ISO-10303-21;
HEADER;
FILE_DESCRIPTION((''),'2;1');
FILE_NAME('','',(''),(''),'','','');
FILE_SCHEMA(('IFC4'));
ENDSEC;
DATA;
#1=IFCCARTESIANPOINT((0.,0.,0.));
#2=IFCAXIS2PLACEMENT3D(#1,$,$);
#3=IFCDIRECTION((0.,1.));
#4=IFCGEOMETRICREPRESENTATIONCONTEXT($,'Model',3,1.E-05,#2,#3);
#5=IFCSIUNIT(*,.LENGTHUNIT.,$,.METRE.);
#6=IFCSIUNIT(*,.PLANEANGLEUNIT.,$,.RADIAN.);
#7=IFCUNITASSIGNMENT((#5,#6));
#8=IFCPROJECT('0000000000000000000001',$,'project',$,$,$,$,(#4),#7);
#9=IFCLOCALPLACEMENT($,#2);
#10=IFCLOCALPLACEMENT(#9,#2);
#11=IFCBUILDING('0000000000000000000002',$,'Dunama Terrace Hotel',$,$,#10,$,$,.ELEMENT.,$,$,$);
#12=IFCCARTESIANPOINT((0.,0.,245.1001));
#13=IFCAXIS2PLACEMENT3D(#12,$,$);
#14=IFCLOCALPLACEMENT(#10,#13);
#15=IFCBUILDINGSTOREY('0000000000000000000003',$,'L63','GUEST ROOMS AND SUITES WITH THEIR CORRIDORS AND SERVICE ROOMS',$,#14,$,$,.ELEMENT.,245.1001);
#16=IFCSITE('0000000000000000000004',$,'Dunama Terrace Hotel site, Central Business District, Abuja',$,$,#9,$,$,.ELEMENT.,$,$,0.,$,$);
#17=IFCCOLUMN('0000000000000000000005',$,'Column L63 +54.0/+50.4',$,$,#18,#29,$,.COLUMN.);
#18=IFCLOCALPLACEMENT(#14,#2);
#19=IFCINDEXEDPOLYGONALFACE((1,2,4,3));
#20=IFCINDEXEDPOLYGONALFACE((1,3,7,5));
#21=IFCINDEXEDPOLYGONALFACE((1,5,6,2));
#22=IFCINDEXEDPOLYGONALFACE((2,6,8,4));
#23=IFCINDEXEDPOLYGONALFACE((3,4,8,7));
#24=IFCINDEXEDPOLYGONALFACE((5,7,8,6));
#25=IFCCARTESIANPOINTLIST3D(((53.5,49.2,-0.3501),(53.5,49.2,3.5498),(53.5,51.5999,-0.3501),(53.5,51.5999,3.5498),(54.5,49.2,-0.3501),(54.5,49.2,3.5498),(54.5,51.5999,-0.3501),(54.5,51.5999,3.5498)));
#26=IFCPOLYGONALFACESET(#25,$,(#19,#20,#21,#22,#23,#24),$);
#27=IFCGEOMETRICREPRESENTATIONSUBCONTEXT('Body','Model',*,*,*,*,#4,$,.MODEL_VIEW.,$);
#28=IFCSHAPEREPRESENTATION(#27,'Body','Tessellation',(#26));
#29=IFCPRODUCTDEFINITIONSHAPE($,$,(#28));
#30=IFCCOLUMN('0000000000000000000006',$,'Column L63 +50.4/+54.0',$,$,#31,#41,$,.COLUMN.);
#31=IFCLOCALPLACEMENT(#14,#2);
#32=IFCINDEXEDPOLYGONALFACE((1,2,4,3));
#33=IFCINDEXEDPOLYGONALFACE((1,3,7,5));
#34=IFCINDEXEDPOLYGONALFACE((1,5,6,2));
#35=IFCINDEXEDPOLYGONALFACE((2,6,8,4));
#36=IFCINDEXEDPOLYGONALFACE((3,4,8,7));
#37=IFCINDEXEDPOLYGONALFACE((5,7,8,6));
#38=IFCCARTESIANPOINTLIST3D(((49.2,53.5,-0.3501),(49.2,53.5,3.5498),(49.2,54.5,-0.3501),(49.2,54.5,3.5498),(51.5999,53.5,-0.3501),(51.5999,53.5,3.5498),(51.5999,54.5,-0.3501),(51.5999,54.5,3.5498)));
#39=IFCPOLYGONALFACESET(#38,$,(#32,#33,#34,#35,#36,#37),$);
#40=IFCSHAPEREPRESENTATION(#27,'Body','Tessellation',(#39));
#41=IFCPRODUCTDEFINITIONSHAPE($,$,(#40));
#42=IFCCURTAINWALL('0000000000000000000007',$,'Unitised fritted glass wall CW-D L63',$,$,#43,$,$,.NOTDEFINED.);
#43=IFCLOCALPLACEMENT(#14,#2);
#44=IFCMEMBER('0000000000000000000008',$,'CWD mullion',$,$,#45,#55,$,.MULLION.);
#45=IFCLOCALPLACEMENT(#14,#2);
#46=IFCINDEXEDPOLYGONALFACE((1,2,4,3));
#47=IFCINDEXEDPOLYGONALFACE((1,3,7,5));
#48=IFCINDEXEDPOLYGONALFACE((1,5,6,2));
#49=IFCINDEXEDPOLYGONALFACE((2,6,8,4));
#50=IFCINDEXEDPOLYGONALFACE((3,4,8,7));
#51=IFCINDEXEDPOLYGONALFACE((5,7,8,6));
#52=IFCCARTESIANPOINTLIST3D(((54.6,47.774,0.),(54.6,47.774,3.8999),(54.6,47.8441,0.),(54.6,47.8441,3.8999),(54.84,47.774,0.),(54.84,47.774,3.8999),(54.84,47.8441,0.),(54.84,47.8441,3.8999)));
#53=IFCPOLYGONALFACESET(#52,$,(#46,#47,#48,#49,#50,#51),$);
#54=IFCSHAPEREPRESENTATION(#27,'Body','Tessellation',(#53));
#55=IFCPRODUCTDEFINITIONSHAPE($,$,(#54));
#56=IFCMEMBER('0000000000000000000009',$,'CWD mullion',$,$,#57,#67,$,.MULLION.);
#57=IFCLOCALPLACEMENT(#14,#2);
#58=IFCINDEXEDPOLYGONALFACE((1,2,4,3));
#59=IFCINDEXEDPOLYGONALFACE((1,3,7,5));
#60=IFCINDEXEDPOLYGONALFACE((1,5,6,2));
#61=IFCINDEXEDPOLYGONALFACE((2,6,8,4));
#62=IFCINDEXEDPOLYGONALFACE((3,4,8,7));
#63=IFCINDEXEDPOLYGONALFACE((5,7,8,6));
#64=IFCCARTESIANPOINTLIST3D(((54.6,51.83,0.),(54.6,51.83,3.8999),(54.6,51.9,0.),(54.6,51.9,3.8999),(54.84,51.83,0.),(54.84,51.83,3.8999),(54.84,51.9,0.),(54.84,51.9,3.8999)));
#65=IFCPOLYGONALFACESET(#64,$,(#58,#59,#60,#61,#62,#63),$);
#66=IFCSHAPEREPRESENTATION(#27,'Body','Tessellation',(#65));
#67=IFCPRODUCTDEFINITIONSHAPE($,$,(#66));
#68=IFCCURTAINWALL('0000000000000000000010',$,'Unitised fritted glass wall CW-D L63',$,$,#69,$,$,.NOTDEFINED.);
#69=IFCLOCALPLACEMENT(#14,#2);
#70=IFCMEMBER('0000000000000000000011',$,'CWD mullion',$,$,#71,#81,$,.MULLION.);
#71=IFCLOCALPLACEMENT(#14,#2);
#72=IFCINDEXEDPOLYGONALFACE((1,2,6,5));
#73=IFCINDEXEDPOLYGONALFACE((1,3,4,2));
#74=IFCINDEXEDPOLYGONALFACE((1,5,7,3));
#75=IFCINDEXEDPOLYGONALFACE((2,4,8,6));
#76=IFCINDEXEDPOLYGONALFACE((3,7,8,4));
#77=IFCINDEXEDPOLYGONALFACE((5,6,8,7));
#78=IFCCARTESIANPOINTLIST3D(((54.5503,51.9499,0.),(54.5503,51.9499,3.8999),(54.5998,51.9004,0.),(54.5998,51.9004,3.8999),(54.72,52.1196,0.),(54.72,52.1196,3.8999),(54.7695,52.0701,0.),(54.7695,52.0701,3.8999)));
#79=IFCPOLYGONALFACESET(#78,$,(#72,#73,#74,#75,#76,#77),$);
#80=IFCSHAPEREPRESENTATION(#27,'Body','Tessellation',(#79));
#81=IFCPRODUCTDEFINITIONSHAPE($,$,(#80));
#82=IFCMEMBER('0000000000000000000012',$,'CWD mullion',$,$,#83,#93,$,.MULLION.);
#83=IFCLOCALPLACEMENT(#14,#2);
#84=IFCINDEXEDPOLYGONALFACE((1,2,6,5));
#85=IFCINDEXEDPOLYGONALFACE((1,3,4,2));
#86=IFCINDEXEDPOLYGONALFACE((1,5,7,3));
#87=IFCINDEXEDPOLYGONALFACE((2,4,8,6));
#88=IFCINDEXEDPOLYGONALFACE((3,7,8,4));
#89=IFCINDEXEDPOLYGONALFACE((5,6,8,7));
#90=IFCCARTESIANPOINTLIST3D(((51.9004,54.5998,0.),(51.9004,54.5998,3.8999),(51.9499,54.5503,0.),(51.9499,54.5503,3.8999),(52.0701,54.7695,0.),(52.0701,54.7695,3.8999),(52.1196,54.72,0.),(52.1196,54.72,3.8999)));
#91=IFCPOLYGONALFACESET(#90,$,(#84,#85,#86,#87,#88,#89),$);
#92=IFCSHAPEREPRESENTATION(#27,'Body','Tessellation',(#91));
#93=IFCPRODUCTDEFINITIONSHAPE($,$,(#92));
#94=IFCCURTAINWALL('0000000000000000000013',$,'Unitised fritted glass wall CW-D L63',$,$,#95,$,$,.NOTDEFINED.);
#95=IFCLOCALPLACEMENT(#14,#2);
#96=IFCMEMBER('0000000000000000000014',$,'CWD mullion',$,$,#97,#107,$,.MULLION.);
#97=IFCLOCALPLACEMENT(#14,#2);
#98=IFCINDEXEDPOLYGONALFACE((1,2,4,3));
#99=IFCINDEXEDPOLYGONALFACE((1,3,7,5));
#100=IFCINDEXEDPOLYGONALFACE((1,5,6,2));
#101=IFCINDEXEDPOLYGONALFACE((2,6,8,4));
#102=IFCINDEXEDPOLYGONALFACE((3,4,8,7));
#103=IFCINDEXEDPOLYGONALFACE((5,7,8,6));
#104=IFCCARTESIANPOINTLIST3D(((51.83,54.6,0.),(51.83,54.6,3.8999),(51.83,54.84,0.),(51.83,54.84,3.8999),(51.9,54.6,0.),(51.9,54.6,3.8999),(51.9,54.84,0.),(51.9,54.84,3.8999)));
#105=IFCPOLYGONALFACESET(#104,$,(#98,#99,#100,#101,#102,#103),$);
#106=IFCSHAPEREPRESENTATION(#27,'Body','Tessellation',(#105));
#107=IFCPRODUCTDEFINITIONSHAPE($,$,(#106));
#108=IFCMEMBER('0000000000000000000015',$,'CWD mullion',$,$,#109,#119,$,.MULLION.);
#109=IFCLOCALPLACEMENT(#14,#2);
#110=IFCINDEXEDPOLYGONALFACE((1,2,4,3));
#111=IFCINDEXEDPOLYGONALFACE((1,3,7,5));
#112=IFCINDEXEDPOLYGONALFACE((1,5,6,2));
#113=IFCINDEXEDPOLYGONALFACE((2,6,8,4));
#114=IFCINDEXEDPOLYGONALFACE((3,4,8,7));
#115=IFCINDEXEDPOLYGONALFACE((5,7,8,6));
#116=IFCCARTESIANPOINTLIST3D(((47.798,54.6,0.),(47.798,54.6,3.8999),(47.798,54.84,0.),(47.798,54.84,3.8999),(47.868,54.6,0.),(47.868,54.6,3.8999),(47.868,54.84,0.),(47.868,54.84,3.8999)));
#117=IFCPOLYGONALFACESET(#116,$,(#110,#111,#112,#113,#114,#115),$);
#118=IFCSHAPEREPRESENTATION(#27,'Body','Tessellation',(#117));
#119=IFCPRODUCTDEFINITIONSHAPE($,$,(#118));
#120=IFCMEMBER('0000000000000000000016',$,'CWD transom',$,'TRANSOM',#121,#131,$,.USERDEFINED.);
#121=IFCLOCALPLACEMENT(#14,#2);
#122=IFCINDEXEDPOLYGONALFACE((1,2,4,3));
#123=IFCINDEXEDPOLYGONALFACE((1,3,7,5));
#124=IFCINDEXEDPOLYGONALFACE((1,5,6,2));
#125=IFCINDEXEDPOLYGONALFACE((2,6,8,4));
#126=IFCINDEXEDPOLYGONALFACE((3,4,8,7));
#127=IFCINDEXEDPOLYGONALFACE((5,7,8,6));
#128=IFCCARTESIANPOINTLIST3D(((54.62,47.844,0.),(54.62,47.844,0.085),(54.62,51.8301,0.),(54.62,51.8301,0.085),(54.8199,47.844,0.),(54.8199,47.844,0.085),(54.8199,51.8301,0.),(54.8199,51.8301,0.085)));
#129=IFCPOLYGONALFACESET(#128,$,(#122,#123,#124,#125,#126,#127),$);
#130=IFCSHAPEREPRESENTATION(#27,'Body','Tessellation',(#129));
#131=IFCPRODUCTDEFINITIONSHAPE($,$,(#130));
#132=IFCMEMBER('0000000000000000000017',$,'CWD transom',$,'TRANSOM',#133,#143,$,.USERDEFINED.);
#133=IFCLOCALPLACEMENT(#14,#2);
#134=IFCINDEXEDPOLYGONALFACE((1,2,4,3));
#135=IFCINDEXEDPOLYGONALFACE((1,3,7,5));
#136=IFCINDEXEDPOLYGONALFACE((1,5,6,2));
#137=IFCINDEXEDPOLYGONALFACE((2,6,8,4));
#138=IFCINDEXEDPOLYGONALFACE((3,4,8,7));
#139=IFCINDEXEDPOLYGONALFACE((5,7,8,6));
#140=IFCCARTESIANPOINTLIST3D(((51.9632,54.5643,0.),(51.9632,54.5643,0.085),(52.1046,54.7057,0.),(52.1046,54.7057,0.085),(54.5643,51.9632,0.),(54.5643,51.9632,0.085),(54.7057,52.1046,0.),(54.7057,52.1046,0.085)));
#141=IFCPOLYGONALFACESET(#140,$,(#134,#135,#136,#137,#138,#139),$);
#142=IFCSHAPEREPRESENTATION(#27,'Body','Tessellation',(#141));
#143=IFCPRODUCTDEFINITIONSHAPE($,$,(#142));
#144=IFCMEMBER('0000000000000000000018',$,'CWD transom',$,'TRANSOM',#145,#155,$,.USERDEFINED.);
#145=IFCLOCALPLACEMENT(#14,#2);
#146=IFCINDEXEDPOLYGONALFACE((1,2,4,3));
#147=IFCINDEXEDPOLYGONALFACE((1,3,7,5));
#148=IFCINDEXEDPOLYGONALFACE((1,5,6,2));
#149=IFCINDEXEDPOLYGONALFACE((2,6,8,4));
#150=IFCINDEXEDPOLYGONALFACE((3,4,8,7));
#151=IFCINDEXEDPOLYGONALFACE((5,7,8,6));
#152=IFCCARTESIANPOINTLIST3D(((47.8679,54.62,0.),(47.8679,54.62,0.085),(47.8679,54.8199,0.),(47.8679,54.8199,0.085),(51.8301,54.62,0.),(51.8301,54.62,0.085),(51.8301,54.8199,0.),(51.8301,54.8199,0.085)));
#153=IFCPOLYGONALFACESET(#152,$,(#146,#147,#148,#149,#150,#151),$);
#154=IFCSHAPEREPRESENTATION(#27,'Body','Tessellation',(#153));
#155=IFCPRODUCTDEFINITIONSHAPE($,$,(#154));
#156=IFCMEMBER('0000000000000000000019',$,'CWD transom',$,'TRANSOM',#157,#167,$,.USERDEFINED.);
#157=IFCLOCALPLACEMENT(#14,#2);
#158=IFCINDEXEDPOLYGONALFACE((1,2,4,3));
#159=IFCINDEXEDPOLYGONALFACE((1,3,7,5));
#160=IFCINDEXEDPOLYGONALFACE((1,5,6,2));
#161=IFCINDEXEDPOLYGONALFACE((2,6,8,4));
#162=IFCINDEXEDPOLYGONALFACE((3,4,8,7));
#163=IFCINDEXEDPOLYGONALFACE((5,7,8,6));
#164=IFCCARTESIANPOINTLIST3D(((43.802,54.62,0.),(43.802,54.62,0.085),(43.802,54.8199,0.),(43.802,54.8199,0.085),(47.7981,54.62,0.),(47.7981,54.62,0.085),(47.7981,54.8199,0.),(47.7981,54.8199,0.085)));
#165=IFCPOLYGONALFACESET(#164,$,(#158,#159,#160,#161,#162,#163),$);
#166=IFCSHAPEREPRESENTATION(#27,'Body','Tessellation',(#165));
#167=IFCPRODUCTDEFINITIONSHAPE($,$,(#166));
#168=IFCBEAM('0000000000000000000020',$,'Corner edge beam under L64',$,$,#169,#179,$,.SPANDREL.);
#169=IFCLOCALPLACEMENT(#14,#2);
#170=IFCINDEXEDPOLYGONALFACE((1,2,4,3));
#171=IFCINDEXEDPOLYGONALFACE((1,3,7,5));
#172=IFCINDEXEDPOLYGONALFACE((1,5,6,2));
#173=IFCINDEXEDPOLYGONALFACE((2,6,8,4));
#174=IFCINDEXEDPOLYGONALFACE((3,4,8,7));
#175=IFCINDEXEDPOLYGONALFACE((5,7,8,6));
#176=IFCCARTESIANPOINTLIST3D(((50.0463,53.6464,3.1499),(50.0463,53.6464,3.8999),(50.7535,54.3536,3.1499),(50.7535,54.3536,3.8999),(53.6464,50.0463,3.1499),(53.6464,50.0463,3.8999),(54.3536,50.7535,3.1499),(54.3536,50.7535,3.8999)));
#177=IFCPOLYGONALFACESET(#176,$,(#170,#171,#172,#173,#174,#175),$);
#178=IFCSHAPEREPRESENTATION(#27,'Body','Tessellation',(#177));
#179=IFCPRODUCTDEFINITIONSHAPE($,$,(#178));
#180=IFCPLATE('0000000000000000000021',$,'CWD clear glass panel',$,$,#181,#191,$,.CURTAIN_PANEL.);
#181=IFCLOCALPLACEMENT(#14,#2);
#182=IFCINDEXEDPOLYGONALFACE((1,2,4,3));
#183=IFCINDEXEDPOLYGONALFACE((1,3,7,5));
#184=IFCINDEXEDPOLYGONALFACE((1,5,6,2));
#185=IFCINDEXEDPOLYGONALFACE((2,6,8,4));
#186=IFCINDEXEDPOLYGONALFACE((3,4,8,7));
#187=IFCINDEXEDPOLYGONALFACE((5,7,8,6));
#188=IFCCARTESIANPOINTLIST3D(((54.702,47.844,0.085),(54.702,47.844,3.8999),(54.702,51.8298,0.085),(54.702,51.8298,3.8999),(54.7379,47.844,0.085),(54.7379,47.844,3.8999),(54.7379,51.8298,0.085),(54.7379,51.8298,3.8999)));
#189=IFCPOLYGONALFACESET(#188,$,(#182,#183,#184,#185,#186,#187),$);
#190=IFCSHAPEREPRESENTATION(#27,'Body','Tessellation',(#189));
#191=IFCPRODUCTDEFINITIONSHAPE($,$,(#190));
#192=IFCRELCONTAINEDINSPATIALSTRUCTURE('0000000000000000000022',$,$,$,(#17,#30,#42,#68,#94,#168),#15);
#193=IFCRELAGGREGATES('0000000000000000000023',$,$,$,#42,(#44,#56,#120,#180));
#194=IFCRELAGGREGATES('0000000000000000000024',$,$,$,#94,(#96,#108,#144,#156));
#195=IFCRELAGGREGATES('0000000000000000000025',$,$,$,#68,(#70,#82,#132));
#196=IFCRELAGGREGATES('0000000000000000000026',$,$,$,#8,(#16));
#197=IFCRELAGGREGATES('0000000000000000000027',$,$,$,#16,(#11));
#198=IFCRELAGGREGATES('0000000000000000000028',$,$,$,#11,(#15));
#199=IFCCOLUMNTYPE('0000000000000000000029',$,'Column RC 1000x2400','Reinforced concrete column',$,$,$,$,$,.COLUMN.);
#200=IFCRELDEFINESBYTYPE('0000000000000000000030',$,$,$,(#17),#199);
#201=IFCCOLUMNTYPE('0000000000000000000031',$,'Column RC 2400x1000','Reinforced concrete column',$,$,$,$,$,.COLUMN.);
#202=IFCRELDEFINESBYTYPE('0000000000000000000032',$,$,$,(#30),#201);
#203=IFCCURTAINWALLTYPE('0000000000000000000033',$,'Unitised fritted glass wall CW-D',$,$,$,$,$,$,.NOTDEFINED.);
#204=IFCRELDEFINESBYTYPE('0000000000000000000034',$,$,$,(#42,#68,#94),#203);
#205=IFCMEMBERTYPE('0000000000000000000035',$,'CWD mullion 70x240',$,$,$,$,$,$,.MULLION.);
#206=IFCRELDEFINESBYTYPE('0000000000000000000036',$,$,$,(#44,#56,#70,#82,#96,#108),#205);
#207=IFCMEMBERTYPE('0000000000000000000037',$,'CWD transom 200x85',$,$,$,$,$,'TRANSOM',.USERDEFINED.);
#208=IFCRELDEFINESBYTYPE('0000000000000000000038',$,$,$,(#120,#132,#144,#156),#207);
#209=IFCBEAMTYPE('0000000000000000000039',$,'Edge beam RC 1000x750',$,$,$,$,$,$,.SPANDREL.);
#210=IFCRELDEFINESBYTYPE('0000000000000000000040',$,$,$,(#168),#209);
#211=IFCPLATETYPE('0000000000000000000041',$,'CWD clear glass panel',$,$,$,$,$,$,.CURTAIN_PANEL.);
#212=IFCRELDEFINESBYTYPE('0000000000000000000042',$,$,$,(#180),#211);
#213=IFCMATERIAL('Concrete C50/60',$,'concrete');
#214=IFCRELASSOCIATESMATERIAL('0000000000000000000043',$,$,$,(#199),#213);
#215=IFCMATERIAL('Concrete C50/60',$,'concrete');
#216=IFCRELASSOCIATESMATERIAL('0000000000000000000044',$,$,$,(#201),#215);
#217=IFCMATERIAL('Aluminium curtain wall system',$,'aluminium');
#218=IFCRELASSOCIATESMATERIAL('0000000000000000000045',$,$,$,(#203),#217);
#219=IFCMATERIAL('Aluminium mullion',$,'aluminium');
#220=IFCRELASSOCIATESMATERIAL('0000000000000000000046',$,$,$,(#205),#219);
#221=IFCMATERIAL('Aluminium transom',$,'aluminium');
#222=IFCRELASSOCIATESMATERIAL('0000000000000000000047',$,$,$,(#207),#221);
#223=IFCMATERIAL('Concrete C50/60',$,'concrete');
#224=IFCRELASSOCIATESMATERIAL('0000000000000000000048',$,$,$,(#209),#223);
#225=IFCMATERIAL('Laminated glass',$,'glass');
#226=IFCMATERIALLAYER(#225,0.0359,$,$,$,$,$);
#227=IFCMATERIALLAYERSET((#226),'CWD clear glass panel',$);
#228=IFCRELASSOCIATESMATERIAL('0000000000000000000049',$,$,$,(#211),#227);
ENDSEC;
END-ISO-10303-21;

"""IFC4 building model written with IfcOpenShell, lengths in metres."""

from ifc_helpers import new_model, si_unit, direction, frame, origin, origin_2d, place, context, subcontext, project, spatial, rectangle, extrude, material, layer, layer_set, material_profile, profile_set, type_object, element, aggregate, save


model = new_model("IFC4")

# Units and contexts
model_context = context("Model", 3, precision=1e-05, world=origin(), true_north=direction((0.0, 1.0)))
body_context = subcontext(model_context, "Body", "Model", "MODEL_VIEW")
ifc_project = project(units=[si_unit("LENGTHUNIT", "METRE"), si_unit("PLANEANGLEUNIT", "RADIAN")], contexts=[model_context])

# Site, building, storey
site_placement = place(None, origin())
site = spatial("IfcSite", under=ifc_project, at=site_placement, Name="Dunama Terrace Hotel site, Central Business District, Abuja", CompositionType="ELEMENT", RefElevation=0.0)
building_placement = place(site_placement, origin())
building = spatial("IfcBuilding", under=site, at=building_placement, Name="Dunama Terrace Hotel", CompositionType="ELEMENT")
storey_placement = place(building_placement, frame((0.0, 0.0, 245.1001)))
storey = spatial("IfcBuildingStorey", under=building, at=storey_placement, Name="L63", Description="GUEST ROOMS AND SUITES WITH THEIR CORRIDORS AND SERVICE ROOMS", CompositionType="ELEMENT", Elevation=245.1001)

# Columns
ifc_material_1 = material(Name="Concrete C50/60", Category="concrete")
ifc_material_profile_1 = material_profile(ifc_material_1, rectangle(XDim=1.0, YDim=2.3999, at=origin_2d()), Name="RC 1000x2400")
ifc_profile_set_1 = profile_set([ifc_material_profile_1], Name="Concrete C50/60")
column_type_1 = type_object("IfcColumnType", Name="Column RC 1000x2400", Description="Reinforced concrete column", PredefinedType="COLUMN", material=ifc_profile_set_1)
column_1_placement = place(storey_placement, frame((54.0, 50.3999, -0.3501), z_axis=(0.0, 0.0, 1.0), x_axis=(1.0, 0.0, 0.0)))
element("IfcColumn", 1, at=column_1_placement, inside=storey, type_object=column_type_1, Name="Column L63 +54.0/+50.4", PredefinedType="COLUMN", context=body_context, shape_type="SweptSolid", body=[
    extrude(rectangle(XDim=1.0, YDim=2.3999, at=origin_2d()), origin(), (0.0, 0.0, 1.0), 3.8999),
])
ifc_material_2 = material(Name="Concrete C50/60", Category="concrete")
ifc_material_profile_2 = material_profile(ifc_material_2, rectangle(XDim=2.3999, YDim=1.0, at=origin_2d()), Name="RC 2400x1000")
ifc_profile_set_2 = profile_set([ifc_material_profile_2], Name="Concrete C50/60")
column_type_2 = type_object("IfcColumnType", Name="Column RC 2400x1000", Description="Reinforced concrete column", PredefinedType="COLUMN", material=ifc_profile_set_2)
column_2_placement = place(storey_placement, frame((50.3999, 54.0, -0.3501), z_axis=(0.0, 0.0, 1.0), x_axis=(1.0, 0.0, 0.0)))
element("IfcColumn", 2, at=column_2_placement, inside=storey, type_object=column_type_2, Name="Column L63 +50.4/+54.0", PredefinedType="COLUMN", context=body_context, shape_type="SweptSolid", body=[
    extrude(rectangle(XDim=2.3999, YDim=1.0, at=origin_2d()), origin(), (0.0, 0.0, 1.0), 3.8999),
])

# Curtain walls, members
ifc_material_3 = material(Name="Aluminium curtain wall system", Category="aluminium")
curtain_wall_type = type_object("IfcCurtainWallType", Name="Unitised fritted glass wall CW-D", PredefinedType="NOTDEFINED", material=ifc_material_3)
curtain_wall_1_placement = place(storey_placement, origin())
curtain_wall_1 = element("IfcCurtainWall", 3, at=curtain_wall_1_placement, inside=storey, type_object=curtain_wall_type, Name="Unitised fritted glass wall CW-D L63", PredefinedType="NOTDEFINED")
ifc_material_4 = material(Name="Aluminium mullion", Category="aluminium")
ifc_material_profile_3 = material_profile(ifc_material_4, rectangle(XDim=0.0701, YDim=0.24, at=origin_2d()), Name="CWD MULLION 70X240")
ifc_profile_set_3 = profile_set([ifc_material_profile_3], Name="Aluminium mullion")
member_type_1 = type_object("IfcMemberType", Name="CWD mullion 70x240", PredefinedType="MULLION", material=ifc_profile_set_3)
member_1_placement = place(storey_placement, frame((54.72, 47.8091, 0.0), z_axis=(0.0, 0.0, 1.0), x_axis=(0.0, 1.0, 0.0)))
member_1 = element("IfcMember", 4, at=member_1_placement, type_object=member_type_1, Name="CWD mullion", PredefinedType="MULLION", context=body_context, shape_type="SweptSolid", body=[
    extrude(rectangle(XDim=0.0701, YDim=0.24, at=origin_2d()), origin(), (0.0, 0.0, 1.0), 3.8999),
])
member_2_placement = place(storey_placement, frame((54.72, 51.865, 0.0), z_axis=(0.0, 0.0, 1.0), x_axis=(0.0, 1.0, 0.0)))
member_2 = element("IfcMember", 5, at=member_2_placement, type_object=member_type_1, Name="CWD mullion", PredefinedType="MULLION", context=body_context, shape_type="SweptSolid", body=[
    extrude(rectangle(XDim=0.0701, YDim=0.24, at=origin_2d()), origin(), (0.0, 0.0, 1.0), 3.8999),
])
curtain_wall_2_placement = place(storey_placement, origin())
curtain_wall_2 = element("IfcCurtainWall", 6, at=curtain_wall_2_placement, inside=storey, type_object=curtain_wall_type, Name="Unitised fritted glass wall CW-D L63", PredefinedType="NOTDEFINED")
member_3_placement = place(storey_placement, frame((54.6599, 52.01, 0.0), z_axis=(0.0, 0.0, 1.0), x_axis=(-0.707107, 0.707107, 0.0)))
member_3 = element("IfcMember", 7, at=member_3_placement, type_object=member_type_1, Name="CWD mullion", PredefinedType="MULLION", context=body_context, shape_type="SweptSolid", body=[
    extrude(rectangle(XDim=0.0701, YDim=0.24, at=origin_2d()), origin(), (0.0, 0.0, 1.0), 3.8999),
])
member_4_placement = place(storey_placement, frame((52.01, 54.6599, 0.0), z_axis=(0.0, 0.0, 1.0), x_axis=(-0.707107, 0.707107, 0.0)))
member_4 = element("IfcMember", 8, at=member_4_placement, type_object=member_type_1, Name="CWD mullion", PredefinedType="MULLION", context=body_context, shape_type="SweptSolid", body=[
    extrude(rectangle(XDim=0.0701, YDim=0.24, at=origin_2d()), origin(), (0.0, 0.0, 1.0), 3.8999),
])
curtain_wall_3_placement = place(storey_placement, origin())
curtain_wall_3 = element("IfcCurtainWall", 9, at=curtain_wall_3_placement, inside=storey, type_object=curtain_wall_type, Name="Unitised fritted glass wall CW-D L63", PredefinedType="NOTDEFINED")
member_5_placement = place(storey_placement, frame((51.865, 54.72, 0.0), z_axis=(0.0, 0.0, 1.0), x_axis=(-1.0, 0.0, 0.0)))
member_5 = element("IfcMember", 10, at=member_5_placement, type_object=member_type_1, Name="CWD mullion", PredefinedType="MULLION", context=body_context, shape_type="SweptSolid", body=[
    extrude(rectangle(XDim=0.0701, YDim=0.24, at=origin_2d()), origin(), (0.0, 0.0, 1.0), 3.8999),
])
member_6_placement = place(storey_placement, frame((47.833, 54.72, 0.0), z_axis=(0.0, 0.0, 1.0), x_axis=(-1.0, 0.0, 0.0)))
member_6 = element("IfcMember", 11, at=member_6_placement, type_object=member_type_1, Name="CWD mullion", PredefinedType="MULLION", context=body_context, shape_type="SweptSolid", body=[
    extrude(rectangle(XDim=0.0701, YDim=0.24, at=origin_2d()), origin(), (0.0, 0.0, 1.0), 3.8999),
])

# Members
ifc_material_5 = material(Name="Aluminium transom", Category="aluminium")
ifc_material_profile_4 = material_profile(ifc_material_5, rectangle(XDim=0.2, YDim=0.085, at=origin_2d()), Name="CWD TRANSOM 200X85")
ifc_profile_set_4 = profile_set([ifc_material_profile_4], Name="Aluminium transom")
member_type_2 = type_object("IfcMemberType", Name="CWD transom 200x85", ElementType="TRANSOM", PredefinedType="USERDEFINED", material=ifc_profile_set_4)
member_7_placement = place(storey_placement, frame((54.72, 47.844, 0.0425), z_axis=(0.0, 1.0, 0.0), x_axis=(-1.0, 0.0, 0.0)))
member_7 = element("IfcMember", 12, at=member_7_placement, type_object=member_type_2, Name="CWD transom", ObjectType="TRANSOM", PredefinedType="USERDEFINED", context=body_context, shape_type="SweptSolid", body=[
    extrude(rectangle(XDim=0.2, YDim=0.085, at=origin_2d()), origin(), (0.0, 0.0, 1.0), 3.9861),
])
member_8_placement = place(storey_placement, frame((54.635, 52.0339, 0.0425), z_axis=(-0.707107, 0.707107, 0.0), x_axis=(-0.707107, -0.707107, 0.0)))
member_8 = element("IfcMember", 13, at=member_8_placement, type_object=member_type_2, Name="CWD transom", ObjectType="TRANSOM", PredefinedType="USERDEFINED", context=body_context, shape_type="SweptSolid", body=[
    extrude(rectangle(XDim=0.2, YDim=0.085, at=origin_2d()), origin(), (0.0, 0.0, 1.0), 3.6785),
])
member_9_placement = place(storey_placement, frame((51.8301, 54.72, 0.0425), z_axis=(-1.0, 0.0, 0.0), x_axis=(0.0, -1.0, 0.0)))
member_9 = element("IfcMember", 14, at=member_9_placement, type_object=member_type_2, Name="CWD transom", ObjectType="TRANSOM", PredefinedType="USERDEFINED", context=body_context, shape_type="SweptSolid", body=[
    extrude(rectangle(XDim=0.2, YDim=0.085, at=origin_2d()), origin(), (0.0, 0.0, 1.0), 3.9622),
])
member_10_placement = place(storey_placement, frame((47.7981, 54.72, 0.0425), z_axis=(-1.0, 0.0, 0.0), x_axis=(0.0, -1.0, 0.0)))
member_10 = element("IfcMember", 15, at=member_10_placement, type_object=member_type_2, Name="CWD transom", ObjectType="TRANSOM", PredefinedType="USERDEFINED", context=body_context, shape_type="SweptSolid", body=[
    extrude(rectangle(XDim=0.2, YDim=0.085, at=origin_2d()), origin(), (0.0, 0.0, 1.0), 3.9961),
])

# Beam
ifc_material_6 = material(Name="Concrete C50/60", Category="concrete")
ifc_material_profile_5 = material_profile(ifc_material_6, rectangle(XDim=1.0, YDim=0.75, at=origin_2d()), Name="RC 1000x750")
ifc_profile_set_5 = profile_set([ifc_material_profile_5], Name="Concrete C50/60")
beam_type = type_object("IfcBeamType", Name="Edge beam RC 1000x750", PredefinedType="SPANDREL", material=ifc_profile_set_5)
beam_placement = place(storey_placement, frame((50.3999, 54.0, 3.5249), z_axis=(0.707107, -0.707107, 0.0), x_axis=(0.707107, 0.707107, 0.0)))
element("IfcBeam", 16, at=beam_placement, inside=storey, type_object=beam_type, Name="Corner edge beam under L64", PredefinedType="SPANDREL", context=body_context, shape_type="SweptSolid", body=[
    extrude(rectangle(XDim=1.0, YDim=0.75, at=origin_2d()), origin(), (0.0, 0.0, 1.0), 5.0913),
])

# Plate
ifc_material_7 = material(Name="Laminated glass", Category="glass")
ifc_layer_1 = layer(ifc_material_7, 0.0359)
ifc_layer_set_1 = layer_set([ifc_layer_1], Name="CWD clear glass panel")
plate_type_1 = type_object("IfcPlateType", Name="CWD clear glass panel", PredefinedType="CURTAIN_PANEL", material=ifc_layer_set_1)
plate_1_placement = place(storey_placement, frame((54.72, 49.8369, 0.085), z_axis=(0.0, 0.0, 1.0), x_axis=(0.0, 1.0, 0.0)))
plate_1 = element("IfcPlate", 17, at=plate_1_placement, type_object=plate_type_1, Name="CWD clear glass panel", PredefinedType="CURTAIN_PANEL", context=body_context, shape_type="SweptSolid", body=[
    extrude(rectangle(XDim=3.9858, YDim=0.0359, at=origin_2d()), origin(), (0.0, 0.0, 1.0), 3.8149),
])
aggregate(curtain_wall_1, [member_1, member_2, member_7, plate_1])
aggregate(curtain_wall_3, [member_5, member_6, member_9, member_10])
aggregate(curtain_wall_2, [member_3, member_4, member_8])

save(model, "model.ifc")
